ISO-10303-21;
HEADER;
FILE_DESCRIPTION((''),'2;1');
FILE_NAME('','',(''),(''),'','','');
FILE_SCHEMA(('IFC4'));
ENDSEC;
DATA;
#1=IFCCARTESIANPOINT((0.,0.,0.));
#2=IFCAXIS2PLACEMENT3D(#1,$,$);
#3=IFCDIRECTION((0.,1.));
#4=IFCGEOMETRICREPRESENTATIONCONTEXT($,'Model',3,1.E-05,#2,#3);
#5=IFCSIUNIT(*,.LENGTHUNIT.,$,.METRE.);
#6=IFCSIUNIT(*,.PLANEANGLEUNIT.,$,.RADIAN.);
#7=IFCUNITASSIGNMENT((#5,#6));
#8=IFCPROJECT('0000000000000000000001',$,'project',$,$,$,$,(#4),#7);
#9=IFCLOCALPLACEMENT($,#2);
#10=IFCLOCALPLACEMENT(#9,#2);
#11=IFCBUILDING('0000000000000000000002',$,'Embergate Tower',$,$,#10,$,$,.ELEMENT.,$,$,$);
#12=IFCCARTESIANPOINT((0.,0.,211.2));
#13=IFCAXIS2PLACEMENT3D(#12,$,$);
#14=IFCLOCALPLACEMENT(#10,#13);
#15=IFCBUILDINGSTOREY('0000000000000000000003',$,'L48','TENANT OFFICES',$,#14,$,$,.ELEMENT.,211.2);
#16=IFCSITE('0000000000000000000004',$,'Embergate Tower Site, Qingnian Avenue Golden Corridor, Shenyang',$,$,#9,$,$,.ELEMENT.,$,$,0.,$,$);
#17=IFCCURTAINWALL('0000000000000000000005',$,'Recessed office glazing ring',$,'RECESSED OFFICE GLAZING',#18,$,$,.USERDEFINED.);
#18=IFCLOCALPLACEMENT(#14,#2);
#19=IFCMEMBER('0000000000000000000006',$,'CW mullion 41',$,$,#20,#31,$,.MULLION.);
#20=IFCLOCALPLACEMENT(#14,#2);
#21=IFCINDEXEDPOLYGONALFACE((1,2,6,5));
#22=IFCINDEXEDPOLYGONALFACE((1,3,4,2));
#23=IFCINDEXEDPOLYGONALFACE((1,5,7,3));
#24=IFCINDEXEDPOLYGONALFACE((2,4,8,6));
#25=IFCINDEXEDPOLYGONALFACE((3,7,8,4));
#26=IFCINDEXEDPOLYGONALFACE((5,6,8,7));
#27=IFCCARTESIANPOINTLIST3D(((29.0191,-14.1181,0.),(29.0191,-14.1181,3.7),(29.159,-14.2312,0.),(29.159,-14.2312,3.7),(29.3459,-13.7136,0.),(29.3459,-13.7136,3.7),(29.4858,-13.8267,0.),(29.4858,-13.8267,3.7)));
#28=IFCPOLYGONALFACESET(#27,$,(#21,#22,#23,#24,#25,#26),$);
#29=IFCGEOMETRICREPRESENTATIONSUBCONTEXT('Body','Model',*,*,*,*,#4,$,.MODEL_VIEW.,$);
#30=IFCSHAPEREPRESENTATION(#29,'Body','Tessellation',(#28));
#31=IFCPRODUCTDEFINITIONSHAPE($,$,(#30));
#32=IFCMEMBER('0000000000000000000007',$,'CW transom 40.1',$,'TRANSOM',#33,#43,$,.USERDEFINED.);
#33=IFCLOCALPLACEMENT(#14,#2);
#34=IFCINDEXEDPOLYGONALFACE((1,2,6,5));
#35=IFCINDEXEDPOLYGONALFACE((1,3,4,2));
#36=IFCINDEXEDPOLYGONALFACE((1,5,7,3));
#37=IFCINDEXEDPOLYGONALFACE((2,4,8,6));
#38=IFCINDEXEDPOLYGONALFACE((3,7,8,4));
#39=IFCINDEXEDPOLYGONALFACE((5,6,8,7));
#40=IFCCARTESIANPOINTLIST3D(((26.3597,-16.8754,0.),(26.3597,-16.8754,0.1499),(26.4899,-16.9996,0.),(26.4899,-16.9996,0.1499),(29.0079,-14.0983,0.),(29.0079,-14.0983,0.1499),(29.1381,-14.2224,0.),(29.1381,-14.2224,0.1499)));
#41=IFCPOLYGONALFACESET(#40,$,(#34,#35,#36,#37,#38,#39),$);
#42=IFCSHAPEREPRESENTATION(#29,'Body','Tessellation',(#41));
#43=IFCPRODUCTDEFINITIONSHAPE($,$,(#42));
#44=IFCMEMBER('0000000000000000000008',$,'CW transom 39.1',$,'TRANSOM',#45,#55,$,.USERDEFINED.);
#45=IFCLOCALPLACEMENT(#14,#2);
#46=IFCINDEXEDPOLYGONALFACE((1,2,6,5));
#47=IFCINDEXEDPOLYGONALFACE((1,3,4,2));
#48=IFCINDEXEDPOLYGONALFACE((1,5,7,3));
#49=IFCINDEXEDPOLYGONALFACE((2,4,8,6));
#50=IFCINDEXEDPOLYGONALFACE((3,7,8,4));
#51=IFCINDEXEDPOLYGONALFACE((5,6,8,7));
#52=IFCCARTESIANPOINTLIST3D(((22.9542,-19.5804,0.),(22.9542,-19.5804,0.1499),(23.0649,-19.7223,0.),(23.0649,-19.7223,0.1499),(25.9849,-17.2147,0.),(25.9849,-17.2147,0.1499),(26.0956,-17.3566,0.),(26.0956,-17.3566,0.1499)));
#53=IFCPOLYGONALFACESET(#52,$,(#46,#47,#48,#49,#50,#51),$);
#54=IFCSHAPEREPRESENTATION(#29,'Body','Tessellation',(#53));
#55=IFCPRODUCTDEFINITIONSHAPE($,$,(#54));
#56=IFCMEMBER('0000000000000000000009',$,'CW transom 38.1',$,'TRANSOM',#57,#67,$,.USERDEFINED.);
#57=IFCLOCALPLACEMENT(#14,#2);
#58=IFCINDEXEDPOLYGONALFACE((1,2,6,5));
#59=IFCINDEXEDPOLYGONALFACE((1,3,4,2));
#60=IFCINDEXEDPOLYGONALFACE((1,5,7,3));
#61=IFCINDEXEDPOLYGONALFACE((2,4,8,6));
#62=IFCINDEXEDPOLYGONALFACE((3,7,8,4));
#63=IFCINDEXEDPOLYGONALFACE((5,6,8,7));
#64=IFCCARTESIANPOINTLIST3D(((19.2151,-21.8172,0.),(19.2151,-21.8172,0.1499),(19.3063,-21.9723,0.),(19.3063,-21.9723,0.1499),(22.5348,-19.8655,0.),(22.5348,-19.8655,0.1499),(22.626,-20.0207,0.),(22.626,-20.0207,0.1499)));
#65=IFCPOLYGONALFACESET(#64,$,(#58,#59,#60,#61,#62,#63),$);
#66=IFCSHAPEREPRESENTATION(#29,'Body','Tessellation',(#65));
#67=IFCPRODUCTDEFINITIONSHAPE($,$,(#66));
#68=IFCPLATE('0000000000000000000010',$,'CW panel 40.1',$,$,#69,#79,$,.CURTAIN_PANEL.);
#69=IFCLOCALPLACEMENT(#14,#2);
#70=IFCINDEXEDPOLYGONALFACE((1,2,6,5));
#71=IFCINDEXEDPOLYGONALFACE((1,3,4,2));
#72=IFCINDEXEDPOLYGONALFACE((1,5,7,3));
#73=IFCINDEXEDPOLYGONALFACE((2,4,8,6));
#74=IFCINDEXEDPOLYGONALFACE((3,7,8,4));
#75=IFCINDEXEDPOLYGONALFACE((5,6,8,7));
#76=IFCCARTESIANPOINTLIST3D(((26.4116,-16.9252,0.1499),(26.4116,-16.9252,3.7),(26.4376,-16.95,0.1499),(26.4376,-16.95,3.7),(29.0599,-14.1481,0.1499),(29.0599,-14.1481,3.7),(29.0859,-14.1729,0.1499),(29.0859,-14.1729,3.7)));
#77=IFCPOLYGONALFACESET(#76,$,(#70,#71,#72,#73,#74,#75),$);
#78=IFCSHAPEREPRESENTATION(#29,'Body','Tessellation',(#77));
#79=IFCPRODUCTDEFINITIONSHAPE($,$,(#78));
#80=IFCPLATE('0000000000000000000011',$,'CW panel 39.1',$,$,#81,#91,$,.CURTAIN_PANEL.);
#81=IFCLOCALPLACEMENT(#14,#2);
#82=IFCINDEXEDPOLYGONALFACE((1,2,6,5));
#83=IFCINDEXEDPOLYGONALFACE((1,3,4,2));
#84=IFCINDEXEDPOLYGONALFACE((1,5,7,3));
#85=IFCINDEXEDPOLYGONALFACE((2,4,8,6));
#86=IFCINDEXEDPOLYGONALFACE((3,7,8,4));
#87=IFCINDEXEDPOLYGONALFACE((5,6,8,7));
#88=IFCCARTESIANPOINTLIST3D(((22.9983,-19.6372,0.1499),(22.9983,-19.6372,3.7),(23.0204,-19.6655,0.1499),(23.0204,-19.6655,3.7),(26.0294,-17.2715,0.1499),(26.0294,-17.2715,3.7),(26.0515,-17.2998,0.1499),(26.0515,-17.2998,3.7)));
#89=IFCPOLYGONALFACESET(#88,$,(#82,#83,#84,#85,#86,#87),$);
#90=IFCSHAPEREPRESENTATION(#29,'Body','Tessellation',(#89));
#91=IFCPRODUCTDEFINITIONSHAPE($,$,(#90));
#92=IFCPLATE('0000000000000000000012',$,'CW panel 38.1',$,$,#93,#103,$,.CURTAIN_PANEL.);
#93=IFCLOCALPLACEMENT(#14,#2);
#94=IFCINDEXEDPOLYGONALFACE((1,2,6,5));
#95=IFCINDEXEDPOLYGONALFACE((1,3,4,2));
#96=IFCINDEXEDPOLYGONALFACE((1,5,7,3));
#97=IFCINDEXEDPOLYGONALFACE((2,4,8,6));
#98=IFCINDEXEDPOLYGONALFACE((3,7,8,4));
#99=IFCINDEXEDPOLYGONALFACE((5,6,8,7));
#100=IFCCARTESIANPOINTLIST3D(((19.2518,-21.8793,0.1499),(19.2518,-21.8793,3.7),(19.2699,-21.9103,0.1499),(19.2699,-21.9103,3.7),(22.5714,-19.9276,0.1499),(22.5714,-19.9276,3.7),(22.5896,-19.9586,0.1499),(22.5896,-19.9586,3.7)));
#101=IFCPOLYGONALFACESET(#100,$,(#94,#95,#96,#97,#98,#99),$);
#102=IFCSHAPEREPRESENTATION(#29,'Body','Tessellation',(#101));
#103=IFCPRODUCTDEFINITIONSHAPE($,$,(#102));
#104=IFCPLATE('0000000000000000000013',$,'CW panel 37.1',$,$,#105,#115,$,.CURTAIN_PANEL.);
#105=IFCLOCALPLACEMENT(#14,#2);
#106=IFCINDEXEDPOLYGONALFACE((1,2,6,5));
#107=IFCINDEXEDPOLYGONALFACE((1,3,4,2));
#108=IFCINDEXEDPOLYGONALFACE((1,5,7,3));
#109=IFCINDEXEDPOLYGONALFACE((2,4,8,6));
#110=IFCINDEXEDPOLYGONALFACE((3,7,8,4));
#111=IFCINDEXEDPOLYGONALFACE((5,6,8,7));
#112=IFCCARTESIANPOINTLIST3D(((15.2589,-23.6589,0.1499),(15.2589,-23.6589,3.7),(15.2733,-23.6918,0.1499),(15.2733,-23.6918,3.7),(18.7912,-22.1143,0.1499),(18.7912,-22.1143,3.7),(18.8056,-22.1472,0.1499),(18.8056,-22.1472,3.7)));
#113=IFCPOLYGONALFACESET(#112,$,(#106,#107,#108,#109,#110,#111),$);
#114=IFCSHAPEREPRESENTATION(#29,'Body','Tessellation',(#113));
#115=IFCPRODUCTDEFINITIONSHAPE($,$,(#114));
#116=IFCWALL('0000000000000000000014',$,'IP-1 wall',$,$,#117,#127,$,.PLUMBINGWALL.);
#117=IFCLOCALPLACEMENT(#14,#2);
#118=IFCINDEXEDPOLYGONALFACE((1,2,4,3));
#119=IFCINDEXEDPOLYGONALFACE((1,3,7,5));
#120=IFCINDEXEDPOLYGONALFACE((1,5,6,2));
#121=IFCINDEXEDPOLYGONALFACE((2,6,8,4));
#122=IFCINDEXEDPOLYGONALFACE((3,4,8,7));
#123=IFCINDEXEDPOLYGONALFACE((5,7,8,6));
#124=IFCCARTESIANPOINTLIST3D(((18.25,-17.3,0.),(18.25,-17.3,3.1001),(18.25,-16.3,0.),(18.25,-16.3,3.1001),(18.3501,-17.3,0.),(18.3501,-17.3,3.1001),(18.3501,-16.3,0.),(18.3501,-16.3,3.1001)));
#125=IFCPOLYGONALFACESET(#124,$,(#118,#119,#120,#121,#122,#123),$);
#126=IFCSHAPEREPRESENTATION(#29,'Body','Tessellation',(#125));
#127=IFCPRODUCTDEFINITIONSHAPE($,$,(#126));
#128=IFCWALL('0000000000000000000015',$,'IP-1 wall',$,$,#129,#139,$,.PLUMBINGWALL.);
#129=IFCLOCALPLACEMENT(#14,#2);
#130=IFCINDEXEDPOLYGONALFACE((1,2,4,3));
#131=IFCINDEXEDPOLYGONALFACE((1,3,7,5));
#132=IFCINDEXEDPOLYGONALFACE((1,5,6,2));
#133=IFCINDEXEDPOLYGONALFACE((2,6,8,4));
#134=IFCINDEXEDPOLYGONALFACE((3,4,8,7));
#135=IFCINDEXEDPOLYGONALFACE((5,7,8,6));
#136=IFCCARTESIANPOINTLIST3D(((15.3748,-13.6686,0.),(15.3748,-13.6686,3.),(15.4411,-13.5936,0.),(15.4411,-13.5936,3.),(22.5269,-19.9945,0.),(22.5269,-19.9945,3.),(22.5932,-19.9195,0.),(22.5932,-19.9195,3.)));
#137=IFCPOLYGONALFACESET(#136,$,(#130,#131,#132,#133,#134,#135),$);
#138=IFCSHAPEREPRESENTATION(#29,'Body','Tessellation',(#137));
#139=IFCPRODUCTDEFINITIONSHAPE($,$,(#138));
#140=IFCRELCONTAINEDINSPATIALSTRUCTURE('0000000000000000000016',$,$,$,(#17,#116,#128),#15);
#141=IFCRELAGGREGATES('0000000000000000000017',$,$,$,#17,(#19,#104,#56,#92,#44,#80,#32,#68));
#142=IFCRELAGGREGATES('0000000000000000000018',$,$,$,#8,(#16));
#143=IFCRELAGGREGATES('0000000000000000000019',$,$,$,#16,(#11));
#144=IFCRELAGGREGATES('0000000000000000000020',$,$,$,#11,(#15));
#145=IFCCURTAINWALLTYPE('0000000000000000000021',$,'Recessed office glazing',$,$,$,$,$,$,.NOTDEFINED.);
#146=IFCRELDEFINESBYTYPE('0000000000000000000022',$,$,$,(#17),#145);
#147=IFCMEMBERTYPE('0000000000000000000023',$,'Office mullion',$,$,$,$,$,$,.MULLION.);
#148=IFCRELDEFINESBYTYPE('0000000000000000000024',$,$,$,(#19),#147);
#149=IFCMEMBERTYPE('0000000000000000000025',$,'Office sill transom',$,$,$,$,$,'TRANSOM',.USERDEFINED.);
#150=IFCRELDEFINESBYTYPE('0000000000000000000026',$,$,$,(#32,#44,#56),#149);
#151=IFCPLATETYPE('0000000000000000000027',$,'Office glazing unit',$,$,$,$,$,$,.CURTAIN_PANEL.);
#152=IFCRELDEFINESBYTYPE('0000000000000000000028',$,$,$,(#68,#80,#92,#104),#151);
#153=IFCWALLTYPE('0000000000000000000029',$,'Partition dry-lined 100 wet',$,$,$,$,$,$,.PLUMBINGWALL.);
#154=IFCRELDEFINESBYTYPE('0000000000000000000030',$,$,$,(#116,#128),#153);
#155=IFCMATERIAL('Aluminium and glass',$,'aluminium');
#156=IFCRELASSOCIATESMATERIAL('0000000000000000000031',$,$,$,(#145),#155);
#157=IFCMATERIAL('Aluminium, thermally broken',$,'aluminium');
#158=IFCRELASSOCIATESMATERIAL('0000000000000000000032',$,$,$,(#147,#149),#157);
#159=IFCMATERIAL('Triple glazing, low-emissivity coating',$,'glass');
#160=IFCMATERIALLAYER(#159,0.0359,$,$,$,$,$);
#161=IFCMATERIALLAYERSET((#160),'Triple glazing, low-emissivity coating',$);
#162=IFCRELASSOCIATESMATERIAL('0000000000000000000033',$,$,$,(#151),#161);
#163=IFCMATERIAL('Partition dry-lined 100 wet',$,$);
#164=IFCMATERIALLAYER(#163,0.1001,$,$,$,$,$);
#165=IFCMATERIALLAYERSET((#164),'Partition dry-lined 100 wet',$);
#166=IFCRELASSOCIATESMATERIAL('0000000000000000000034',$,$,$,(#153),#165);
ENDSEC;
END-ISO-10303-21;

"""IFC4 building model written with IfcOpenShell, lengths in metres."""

from ifc_helpers import new_model, si_unit, direction, frame, frame_2d, origin, origin_2d, place, context, subcontext, project, spatial, rectangle, extrude, source, transform, mapped, material, layer, layer_set, material_profile, profile_set, type_object, element, aggregate, save


model = new_model("IFC4")

# Units and contexts
model_context = context("Model", 3, precision=1e-05, world=origin(), true_north=direction((0.0, 1.0)))
body_context = subcontext(model_context, "Body", "Model", "MODEL_VIEW")
ifc_project = project(units=[si_unit("LENGTHUNIT", "METRE"), si_unit("PLANEANGLEUNIT", "RADIAN")], contexts=[model_context])

# Site, building, storey
site_placement = place(None, origin())
site = spatial("IfcSite", under=ifc_project, at=site_placement, Name="Embergate Tower Site, Qingnian Avenue Golden Corridor, Shenyang", CompositionType="ELEMENT", RefElevation=0.0)
building_placement = place(site_placement, origin())
building = spatial("IfcBuilding", under=site, at=building_placement, Name="Embergate Tower", CompositionType="ELEMENT")
storey_placement = place(building_placement, frame((0.0, 0.0, 211.2)))
storey = spatial("IfcBuildingStorey", under=building, at=storey_placement, Name="L48", Description="TENANT OFFICES", CompositionType="ELEMENT", Elevation=211.2)

# Curtain wall, members, plates
ifc_material_1 = material(Name="Aluminium and glass", Category="aluminium")
curtain_wall_type = type_object("IfcCurtainWallType", Name="Recessed office glazing", PredefinedType="NOTDEFINED", material=ifc_material_1)
curtain_wall_placement = place(storey_placement, origin())
curtain_wall = element("IfcCurtainWall", 1, at=curtain_wall_placement, inside=storey, type_object=curtain_wall_type, Name="Recessed office glazing ring", ObjectType="RECESSED OFFICE GLAZING", PredefinedType="USERDEFINED")
ifc_material_2 = material(Name="Aluminium, thermally broken", Category="aluminium")
ifc_material_profile_1 = material_profile(ifc_material_2, rectangle(XDim=0.1799, YDim=0.52, at=origin_2d()), Name="AL 520x180")
ifc_profile_set_1 = profile_set([ifc_material_profile_1], Name="Aluminium, thermally broken")
member_type_1 = type_object("IfcMemberType", Name="Office mullion", PredefinedType="MULLION", material=ifc_profile_set_1)
shared_shape_1 = source(origin(), body_context, "Body", "SweptSolid", [
    extrude(rectangle(XDim=0.1799, YDim=0.52, at=origin_2d()), origin(), (0.0, 0.0, 1.0), 3.7),
])
member_1_placement = place(storey_placement, frame((29.2524, -13.9724, 0.0), z_axis=(0.0, 0.0, 1.0), x_axis=(-0.777875, 0.628419, 0.0)))
member_1 = element("IfcMember", 2, at=member_1_placement, type_object=member_type_1, Name="CW mullion 41", PredefinedType="MULLION", context=body_context, shape_type="MappedRepresentation", body=[
    mapped(shared_shape_1, transform((0.0, 0.0, 0.0))),
])
ifc_material_profile_2 = material_profile(ifc_material_2, rectangle(XDim=0.1799, YDim=0.1499, at=origin_2d()), Name="AL 150x180")
ifc_profile_set_2 = profile_set([ifc_material_profile_2], Name="Aluminium, thermally broken")
member_type_2 = type_object("IfcMemberType", Name="Office sill transom", ElementType="TRANSOM", PredefinedType="USERDEFINED", material=ifc_profile_set_2)
shared_shape_2 = source(origin(), body_context, "Body", "SweptSolid", [
    extrude(rectangle(XDim=0.1799, YDim=0.1499, at=origin_2d()), origin(), (0.0, 0.0, 1.0), 3.8374),
])
member_2_placement = place(storey_placement, frame((26.4248, -16.9375, 0.075), z_axis=(0.690111, 0.723704, 0.0), x_axis=(-0.723704, 0.690111, 0.0)))
member_2 = element("IfcMember", 3, at=member_2_placement, type_object=member_type_2, Name="CW transom 40.1", ObjectType="TRANSOM", PredefinedType="USERDEFINED", context=body_context, shape_type="MappedRepresentation", body=[
    mapped(shared_shape_2, transform((0.0, 0.0, 0.0))),
])
shared_shape_3 = source(origin(), body_context, "Body", "SweptSolid", [
    extrude(rectangle(XDim=0.1799, YDim=0.1499, at=origin_2d()), origin(), (0.0, 0.0, 1.0), 3.8447),
])
member_3_placement = place(storey_placement, frame((23.0095, -19.6514, 0.075), z_axis=(0.788284, 0.615311, 0.0), x_axis=(-0.615311, 0.788284, 0.0)))
member_3 = element("IfcMember", 4, at=member_3_placement, type_object=member_type_2, Name="CW transom 39.1", ObjectType="TRANSOM", PredefinedType="USERDEFINED", context=body_context, shape_type="MappedRepresentation", body=[
    mapped(shared_shape_3, transform((0.0, 0.0, 0.0))),
])
shared_shape_4 = source(origin(), body_context, "Body", "SweptSolid", [
    extrude(rectangle(XDim=0.1799, YDim=0.1499, at=origin_2d()), origin(), (0.0, 0.0, 1.0), 3.8508),
])
member_4_placement = place(storey_placement, frame((19.2607, -21.8948, 0.075), z_axis=(0.862052, 0.506821, 0.0), x_axis=(-0.506821, 0.862052, 0.0)))
member_4 = element("IfcMember", 5, at=member_4_placement, type_object=member_type_2, Name="CW transom 38.1", ObjectType="TRANSOM", PredefinedType="USERDEFINED", context=body_context, shape_type="MappedRepresentation", body=[
    mapped(shared_shape_4, transform((0.0, 0.0, 0.0))),
])
ifc_material_3 = material(Name="Triple glazing, low-emissivity coating", Category="glass")
ifc_layer_1 = layer(ifc_material_3, 0.0359)
ifc_layer_set_1 = layer_set([ifc_layer_1], Name="Triple glazing, low-emissivity coating")
plate_type = type_object("IfcPlateType", Name="Office glazing unit", PredefinedType="CURTAIN_PANEL", material=ifc_layer_set_1)
shared_shape_5 = source(origin(), body_context, "Body", "SweptSolid", [
    extrude(rectangle(XDim=3.8374, YDim=0.0359, at=origin_2d()), origin(), (0.0, 0.0, 1.0), 3.55),
])
plate_1_placement = place(storey_placement, frame((27.7488, -15.5491, 0.1499), z_axis=(0.0, 0.0, 1.0), x_axis=(0.690129, 0.723687, 0.0)))
plate_1 = element("IfcPlate", 6, at=plate_1_placement, type_object=plate_type, Name="CW panel 40.1", PredefinedType="CURTAIN_PANEL", context=body_context, shape_type="MappedRepresentation", body=[
    mapped(shared_shape_5, transform((0.0, 0.0, 0.0))),
])
shared_shape_6 = source(origin(), body_context, "Body", "SweptSolid", [
    extrude(rectangle(XDim=3.845, YDim=0.0359, at=origin_2d()), origin(), (0.0, 0.0, 1.0), 3.55),
])
plate_2_placement = place(storey_placement, frame((24.5249, -18.4685, 0.1499), z_axis=(0.0, 0.0, 1.0), x_axis=(0.788316, 0.615271, 0.0)))
plate_2 = element("IfcPlate", 7, at=plate_2_placement, type_object=plate_type, Name="CW panel 39.1", PredefinedType="CURTAIN_PANEL", context=body_context, shape_type="MappedRepresentation", body=[
    mapped(shared_shape_6, transform((0.0, 0.0, 0.0))),
])
shared_shape_7 = source(origin(), body_context, "Body", "SweptSolid", [
    extrude(rectangle(XDim=3.8508, YDim=0.0359, at=origin_2d()), origin(), (0.0, 0.0, 1.0), 3.55),
])
plate_3_placement = place(storey_placement, frame((20.9207, -20.9189, 0.1499), z_axis=(0.0, 0.0, 1.0), x_axis=(0.86205, 0.506824, 0.0)))
plate_3 = element("IfcPlate", 8, at=plate_3_placement, type_object=plate_type, Name="CW panel 38.1", PredefinedType="CURTAIN_PANEL", context=body_context, shape_type="MappedRepresentation", body=[
    mapped(shared_shape_7, transform((0.0, 0.0, 0.0))),
])
shared_shape_8 = source(origin(), body_context, "Body", "SweptSolid", [
    extrude(rectangle(XDim=3.8552, YDim=0.0359, at=origin_2d()), origin(), (0.0, 0.0, 1.0), 3.55),
])
plate_4_placement = place(storey_placement, frame((17.0322, -22.9031, 0.1499), z_axis=(0.0, 0.0, 1.0), x_axis=(0.916233, 0.400645, 0.0)))
plate_4 = element("IfcPlate", 9, at=plate_4_placement, type_object=plate_type, Name="CW panel 37.1", PredefinedType="CURTAIN_PANEL", context=body_context, shape_type="MappedRepresentation", body=[
    mapped(shared_shape_8, transform((0.0, 0.0, 0.0))),
])
aggregate(curtain_wall, [member_1, plate_4, member_4, plate_3, member_3, plate_2, member_2, plate_1])

# Walls
ifc_material_4 = material(Name="Partition dry-lined 100 wet")
ifc_layer_2 = layer(ifc_material_4, 0.1001)
ifc_layer_set_2 = layer_set([ifc_layer_2], Name="Partition dry-lined 100 wet")
wall_type = type_object("IfcWallType", Name="Partition dry-lined 100 wet", PredefinedType="PLUMBINGWALL", material=ifc_layer_set_2)
shared_shape_9 = source(origin(), body_context, "Body", "SweptSolid", [
    extrude(rectangle(XDim=1.0, YDim=0.1001, at=frame_2d((0.5, 0.0))), origin(), (0.0, 0.0, 1.0), 3.1001),
])
wall_1_placement = place(storey_placement, frame((18.3, -17.3, 0.0), z_axis=(0.0, 0.0, 1.0), x_axis=(0.0, 1.0, 0.0)))
element("IfcWall", 10, at=wall_1_placement, inside=storey, type_object=wall_type, Name="IP-1 wall", PredefinedType="PLUMBINGWALL", context=body_context, shape_type="MappedRepresentation", body=[
    mapped(shared_shape_9, transform((0.0, 0.0, 0.0))),
])
shared_shape_10 = source(origin(), body_context, "Body", "SweptSolid", [
    extrude(rectangle(XDim=9.5483, YDim=0.1001, at=frame_2d((4.7742, 0.0))), origin(), (0.0, 0.0, 1.0), 3.0),
])
wall_2_placement = place(storey_placement, frame((22.5601, -19.957, 0.0), z_axis=(0.0, 0.0, 1.0), x_axis=(-0.749045, 0.662519, 0.0)))
element("IfcWall", 11, at=wall_2_placement, inside=storey, type_object=wall_type, Name="IP-1 wall", PredefinedType="PLUMBINGWALL", context=body_context, shape_type="MappedRepresentation", body=[
    mapped(shared_shape_10, transform((0.0, 0.0, 0.0))),
])

save(model, "model.ifc")
